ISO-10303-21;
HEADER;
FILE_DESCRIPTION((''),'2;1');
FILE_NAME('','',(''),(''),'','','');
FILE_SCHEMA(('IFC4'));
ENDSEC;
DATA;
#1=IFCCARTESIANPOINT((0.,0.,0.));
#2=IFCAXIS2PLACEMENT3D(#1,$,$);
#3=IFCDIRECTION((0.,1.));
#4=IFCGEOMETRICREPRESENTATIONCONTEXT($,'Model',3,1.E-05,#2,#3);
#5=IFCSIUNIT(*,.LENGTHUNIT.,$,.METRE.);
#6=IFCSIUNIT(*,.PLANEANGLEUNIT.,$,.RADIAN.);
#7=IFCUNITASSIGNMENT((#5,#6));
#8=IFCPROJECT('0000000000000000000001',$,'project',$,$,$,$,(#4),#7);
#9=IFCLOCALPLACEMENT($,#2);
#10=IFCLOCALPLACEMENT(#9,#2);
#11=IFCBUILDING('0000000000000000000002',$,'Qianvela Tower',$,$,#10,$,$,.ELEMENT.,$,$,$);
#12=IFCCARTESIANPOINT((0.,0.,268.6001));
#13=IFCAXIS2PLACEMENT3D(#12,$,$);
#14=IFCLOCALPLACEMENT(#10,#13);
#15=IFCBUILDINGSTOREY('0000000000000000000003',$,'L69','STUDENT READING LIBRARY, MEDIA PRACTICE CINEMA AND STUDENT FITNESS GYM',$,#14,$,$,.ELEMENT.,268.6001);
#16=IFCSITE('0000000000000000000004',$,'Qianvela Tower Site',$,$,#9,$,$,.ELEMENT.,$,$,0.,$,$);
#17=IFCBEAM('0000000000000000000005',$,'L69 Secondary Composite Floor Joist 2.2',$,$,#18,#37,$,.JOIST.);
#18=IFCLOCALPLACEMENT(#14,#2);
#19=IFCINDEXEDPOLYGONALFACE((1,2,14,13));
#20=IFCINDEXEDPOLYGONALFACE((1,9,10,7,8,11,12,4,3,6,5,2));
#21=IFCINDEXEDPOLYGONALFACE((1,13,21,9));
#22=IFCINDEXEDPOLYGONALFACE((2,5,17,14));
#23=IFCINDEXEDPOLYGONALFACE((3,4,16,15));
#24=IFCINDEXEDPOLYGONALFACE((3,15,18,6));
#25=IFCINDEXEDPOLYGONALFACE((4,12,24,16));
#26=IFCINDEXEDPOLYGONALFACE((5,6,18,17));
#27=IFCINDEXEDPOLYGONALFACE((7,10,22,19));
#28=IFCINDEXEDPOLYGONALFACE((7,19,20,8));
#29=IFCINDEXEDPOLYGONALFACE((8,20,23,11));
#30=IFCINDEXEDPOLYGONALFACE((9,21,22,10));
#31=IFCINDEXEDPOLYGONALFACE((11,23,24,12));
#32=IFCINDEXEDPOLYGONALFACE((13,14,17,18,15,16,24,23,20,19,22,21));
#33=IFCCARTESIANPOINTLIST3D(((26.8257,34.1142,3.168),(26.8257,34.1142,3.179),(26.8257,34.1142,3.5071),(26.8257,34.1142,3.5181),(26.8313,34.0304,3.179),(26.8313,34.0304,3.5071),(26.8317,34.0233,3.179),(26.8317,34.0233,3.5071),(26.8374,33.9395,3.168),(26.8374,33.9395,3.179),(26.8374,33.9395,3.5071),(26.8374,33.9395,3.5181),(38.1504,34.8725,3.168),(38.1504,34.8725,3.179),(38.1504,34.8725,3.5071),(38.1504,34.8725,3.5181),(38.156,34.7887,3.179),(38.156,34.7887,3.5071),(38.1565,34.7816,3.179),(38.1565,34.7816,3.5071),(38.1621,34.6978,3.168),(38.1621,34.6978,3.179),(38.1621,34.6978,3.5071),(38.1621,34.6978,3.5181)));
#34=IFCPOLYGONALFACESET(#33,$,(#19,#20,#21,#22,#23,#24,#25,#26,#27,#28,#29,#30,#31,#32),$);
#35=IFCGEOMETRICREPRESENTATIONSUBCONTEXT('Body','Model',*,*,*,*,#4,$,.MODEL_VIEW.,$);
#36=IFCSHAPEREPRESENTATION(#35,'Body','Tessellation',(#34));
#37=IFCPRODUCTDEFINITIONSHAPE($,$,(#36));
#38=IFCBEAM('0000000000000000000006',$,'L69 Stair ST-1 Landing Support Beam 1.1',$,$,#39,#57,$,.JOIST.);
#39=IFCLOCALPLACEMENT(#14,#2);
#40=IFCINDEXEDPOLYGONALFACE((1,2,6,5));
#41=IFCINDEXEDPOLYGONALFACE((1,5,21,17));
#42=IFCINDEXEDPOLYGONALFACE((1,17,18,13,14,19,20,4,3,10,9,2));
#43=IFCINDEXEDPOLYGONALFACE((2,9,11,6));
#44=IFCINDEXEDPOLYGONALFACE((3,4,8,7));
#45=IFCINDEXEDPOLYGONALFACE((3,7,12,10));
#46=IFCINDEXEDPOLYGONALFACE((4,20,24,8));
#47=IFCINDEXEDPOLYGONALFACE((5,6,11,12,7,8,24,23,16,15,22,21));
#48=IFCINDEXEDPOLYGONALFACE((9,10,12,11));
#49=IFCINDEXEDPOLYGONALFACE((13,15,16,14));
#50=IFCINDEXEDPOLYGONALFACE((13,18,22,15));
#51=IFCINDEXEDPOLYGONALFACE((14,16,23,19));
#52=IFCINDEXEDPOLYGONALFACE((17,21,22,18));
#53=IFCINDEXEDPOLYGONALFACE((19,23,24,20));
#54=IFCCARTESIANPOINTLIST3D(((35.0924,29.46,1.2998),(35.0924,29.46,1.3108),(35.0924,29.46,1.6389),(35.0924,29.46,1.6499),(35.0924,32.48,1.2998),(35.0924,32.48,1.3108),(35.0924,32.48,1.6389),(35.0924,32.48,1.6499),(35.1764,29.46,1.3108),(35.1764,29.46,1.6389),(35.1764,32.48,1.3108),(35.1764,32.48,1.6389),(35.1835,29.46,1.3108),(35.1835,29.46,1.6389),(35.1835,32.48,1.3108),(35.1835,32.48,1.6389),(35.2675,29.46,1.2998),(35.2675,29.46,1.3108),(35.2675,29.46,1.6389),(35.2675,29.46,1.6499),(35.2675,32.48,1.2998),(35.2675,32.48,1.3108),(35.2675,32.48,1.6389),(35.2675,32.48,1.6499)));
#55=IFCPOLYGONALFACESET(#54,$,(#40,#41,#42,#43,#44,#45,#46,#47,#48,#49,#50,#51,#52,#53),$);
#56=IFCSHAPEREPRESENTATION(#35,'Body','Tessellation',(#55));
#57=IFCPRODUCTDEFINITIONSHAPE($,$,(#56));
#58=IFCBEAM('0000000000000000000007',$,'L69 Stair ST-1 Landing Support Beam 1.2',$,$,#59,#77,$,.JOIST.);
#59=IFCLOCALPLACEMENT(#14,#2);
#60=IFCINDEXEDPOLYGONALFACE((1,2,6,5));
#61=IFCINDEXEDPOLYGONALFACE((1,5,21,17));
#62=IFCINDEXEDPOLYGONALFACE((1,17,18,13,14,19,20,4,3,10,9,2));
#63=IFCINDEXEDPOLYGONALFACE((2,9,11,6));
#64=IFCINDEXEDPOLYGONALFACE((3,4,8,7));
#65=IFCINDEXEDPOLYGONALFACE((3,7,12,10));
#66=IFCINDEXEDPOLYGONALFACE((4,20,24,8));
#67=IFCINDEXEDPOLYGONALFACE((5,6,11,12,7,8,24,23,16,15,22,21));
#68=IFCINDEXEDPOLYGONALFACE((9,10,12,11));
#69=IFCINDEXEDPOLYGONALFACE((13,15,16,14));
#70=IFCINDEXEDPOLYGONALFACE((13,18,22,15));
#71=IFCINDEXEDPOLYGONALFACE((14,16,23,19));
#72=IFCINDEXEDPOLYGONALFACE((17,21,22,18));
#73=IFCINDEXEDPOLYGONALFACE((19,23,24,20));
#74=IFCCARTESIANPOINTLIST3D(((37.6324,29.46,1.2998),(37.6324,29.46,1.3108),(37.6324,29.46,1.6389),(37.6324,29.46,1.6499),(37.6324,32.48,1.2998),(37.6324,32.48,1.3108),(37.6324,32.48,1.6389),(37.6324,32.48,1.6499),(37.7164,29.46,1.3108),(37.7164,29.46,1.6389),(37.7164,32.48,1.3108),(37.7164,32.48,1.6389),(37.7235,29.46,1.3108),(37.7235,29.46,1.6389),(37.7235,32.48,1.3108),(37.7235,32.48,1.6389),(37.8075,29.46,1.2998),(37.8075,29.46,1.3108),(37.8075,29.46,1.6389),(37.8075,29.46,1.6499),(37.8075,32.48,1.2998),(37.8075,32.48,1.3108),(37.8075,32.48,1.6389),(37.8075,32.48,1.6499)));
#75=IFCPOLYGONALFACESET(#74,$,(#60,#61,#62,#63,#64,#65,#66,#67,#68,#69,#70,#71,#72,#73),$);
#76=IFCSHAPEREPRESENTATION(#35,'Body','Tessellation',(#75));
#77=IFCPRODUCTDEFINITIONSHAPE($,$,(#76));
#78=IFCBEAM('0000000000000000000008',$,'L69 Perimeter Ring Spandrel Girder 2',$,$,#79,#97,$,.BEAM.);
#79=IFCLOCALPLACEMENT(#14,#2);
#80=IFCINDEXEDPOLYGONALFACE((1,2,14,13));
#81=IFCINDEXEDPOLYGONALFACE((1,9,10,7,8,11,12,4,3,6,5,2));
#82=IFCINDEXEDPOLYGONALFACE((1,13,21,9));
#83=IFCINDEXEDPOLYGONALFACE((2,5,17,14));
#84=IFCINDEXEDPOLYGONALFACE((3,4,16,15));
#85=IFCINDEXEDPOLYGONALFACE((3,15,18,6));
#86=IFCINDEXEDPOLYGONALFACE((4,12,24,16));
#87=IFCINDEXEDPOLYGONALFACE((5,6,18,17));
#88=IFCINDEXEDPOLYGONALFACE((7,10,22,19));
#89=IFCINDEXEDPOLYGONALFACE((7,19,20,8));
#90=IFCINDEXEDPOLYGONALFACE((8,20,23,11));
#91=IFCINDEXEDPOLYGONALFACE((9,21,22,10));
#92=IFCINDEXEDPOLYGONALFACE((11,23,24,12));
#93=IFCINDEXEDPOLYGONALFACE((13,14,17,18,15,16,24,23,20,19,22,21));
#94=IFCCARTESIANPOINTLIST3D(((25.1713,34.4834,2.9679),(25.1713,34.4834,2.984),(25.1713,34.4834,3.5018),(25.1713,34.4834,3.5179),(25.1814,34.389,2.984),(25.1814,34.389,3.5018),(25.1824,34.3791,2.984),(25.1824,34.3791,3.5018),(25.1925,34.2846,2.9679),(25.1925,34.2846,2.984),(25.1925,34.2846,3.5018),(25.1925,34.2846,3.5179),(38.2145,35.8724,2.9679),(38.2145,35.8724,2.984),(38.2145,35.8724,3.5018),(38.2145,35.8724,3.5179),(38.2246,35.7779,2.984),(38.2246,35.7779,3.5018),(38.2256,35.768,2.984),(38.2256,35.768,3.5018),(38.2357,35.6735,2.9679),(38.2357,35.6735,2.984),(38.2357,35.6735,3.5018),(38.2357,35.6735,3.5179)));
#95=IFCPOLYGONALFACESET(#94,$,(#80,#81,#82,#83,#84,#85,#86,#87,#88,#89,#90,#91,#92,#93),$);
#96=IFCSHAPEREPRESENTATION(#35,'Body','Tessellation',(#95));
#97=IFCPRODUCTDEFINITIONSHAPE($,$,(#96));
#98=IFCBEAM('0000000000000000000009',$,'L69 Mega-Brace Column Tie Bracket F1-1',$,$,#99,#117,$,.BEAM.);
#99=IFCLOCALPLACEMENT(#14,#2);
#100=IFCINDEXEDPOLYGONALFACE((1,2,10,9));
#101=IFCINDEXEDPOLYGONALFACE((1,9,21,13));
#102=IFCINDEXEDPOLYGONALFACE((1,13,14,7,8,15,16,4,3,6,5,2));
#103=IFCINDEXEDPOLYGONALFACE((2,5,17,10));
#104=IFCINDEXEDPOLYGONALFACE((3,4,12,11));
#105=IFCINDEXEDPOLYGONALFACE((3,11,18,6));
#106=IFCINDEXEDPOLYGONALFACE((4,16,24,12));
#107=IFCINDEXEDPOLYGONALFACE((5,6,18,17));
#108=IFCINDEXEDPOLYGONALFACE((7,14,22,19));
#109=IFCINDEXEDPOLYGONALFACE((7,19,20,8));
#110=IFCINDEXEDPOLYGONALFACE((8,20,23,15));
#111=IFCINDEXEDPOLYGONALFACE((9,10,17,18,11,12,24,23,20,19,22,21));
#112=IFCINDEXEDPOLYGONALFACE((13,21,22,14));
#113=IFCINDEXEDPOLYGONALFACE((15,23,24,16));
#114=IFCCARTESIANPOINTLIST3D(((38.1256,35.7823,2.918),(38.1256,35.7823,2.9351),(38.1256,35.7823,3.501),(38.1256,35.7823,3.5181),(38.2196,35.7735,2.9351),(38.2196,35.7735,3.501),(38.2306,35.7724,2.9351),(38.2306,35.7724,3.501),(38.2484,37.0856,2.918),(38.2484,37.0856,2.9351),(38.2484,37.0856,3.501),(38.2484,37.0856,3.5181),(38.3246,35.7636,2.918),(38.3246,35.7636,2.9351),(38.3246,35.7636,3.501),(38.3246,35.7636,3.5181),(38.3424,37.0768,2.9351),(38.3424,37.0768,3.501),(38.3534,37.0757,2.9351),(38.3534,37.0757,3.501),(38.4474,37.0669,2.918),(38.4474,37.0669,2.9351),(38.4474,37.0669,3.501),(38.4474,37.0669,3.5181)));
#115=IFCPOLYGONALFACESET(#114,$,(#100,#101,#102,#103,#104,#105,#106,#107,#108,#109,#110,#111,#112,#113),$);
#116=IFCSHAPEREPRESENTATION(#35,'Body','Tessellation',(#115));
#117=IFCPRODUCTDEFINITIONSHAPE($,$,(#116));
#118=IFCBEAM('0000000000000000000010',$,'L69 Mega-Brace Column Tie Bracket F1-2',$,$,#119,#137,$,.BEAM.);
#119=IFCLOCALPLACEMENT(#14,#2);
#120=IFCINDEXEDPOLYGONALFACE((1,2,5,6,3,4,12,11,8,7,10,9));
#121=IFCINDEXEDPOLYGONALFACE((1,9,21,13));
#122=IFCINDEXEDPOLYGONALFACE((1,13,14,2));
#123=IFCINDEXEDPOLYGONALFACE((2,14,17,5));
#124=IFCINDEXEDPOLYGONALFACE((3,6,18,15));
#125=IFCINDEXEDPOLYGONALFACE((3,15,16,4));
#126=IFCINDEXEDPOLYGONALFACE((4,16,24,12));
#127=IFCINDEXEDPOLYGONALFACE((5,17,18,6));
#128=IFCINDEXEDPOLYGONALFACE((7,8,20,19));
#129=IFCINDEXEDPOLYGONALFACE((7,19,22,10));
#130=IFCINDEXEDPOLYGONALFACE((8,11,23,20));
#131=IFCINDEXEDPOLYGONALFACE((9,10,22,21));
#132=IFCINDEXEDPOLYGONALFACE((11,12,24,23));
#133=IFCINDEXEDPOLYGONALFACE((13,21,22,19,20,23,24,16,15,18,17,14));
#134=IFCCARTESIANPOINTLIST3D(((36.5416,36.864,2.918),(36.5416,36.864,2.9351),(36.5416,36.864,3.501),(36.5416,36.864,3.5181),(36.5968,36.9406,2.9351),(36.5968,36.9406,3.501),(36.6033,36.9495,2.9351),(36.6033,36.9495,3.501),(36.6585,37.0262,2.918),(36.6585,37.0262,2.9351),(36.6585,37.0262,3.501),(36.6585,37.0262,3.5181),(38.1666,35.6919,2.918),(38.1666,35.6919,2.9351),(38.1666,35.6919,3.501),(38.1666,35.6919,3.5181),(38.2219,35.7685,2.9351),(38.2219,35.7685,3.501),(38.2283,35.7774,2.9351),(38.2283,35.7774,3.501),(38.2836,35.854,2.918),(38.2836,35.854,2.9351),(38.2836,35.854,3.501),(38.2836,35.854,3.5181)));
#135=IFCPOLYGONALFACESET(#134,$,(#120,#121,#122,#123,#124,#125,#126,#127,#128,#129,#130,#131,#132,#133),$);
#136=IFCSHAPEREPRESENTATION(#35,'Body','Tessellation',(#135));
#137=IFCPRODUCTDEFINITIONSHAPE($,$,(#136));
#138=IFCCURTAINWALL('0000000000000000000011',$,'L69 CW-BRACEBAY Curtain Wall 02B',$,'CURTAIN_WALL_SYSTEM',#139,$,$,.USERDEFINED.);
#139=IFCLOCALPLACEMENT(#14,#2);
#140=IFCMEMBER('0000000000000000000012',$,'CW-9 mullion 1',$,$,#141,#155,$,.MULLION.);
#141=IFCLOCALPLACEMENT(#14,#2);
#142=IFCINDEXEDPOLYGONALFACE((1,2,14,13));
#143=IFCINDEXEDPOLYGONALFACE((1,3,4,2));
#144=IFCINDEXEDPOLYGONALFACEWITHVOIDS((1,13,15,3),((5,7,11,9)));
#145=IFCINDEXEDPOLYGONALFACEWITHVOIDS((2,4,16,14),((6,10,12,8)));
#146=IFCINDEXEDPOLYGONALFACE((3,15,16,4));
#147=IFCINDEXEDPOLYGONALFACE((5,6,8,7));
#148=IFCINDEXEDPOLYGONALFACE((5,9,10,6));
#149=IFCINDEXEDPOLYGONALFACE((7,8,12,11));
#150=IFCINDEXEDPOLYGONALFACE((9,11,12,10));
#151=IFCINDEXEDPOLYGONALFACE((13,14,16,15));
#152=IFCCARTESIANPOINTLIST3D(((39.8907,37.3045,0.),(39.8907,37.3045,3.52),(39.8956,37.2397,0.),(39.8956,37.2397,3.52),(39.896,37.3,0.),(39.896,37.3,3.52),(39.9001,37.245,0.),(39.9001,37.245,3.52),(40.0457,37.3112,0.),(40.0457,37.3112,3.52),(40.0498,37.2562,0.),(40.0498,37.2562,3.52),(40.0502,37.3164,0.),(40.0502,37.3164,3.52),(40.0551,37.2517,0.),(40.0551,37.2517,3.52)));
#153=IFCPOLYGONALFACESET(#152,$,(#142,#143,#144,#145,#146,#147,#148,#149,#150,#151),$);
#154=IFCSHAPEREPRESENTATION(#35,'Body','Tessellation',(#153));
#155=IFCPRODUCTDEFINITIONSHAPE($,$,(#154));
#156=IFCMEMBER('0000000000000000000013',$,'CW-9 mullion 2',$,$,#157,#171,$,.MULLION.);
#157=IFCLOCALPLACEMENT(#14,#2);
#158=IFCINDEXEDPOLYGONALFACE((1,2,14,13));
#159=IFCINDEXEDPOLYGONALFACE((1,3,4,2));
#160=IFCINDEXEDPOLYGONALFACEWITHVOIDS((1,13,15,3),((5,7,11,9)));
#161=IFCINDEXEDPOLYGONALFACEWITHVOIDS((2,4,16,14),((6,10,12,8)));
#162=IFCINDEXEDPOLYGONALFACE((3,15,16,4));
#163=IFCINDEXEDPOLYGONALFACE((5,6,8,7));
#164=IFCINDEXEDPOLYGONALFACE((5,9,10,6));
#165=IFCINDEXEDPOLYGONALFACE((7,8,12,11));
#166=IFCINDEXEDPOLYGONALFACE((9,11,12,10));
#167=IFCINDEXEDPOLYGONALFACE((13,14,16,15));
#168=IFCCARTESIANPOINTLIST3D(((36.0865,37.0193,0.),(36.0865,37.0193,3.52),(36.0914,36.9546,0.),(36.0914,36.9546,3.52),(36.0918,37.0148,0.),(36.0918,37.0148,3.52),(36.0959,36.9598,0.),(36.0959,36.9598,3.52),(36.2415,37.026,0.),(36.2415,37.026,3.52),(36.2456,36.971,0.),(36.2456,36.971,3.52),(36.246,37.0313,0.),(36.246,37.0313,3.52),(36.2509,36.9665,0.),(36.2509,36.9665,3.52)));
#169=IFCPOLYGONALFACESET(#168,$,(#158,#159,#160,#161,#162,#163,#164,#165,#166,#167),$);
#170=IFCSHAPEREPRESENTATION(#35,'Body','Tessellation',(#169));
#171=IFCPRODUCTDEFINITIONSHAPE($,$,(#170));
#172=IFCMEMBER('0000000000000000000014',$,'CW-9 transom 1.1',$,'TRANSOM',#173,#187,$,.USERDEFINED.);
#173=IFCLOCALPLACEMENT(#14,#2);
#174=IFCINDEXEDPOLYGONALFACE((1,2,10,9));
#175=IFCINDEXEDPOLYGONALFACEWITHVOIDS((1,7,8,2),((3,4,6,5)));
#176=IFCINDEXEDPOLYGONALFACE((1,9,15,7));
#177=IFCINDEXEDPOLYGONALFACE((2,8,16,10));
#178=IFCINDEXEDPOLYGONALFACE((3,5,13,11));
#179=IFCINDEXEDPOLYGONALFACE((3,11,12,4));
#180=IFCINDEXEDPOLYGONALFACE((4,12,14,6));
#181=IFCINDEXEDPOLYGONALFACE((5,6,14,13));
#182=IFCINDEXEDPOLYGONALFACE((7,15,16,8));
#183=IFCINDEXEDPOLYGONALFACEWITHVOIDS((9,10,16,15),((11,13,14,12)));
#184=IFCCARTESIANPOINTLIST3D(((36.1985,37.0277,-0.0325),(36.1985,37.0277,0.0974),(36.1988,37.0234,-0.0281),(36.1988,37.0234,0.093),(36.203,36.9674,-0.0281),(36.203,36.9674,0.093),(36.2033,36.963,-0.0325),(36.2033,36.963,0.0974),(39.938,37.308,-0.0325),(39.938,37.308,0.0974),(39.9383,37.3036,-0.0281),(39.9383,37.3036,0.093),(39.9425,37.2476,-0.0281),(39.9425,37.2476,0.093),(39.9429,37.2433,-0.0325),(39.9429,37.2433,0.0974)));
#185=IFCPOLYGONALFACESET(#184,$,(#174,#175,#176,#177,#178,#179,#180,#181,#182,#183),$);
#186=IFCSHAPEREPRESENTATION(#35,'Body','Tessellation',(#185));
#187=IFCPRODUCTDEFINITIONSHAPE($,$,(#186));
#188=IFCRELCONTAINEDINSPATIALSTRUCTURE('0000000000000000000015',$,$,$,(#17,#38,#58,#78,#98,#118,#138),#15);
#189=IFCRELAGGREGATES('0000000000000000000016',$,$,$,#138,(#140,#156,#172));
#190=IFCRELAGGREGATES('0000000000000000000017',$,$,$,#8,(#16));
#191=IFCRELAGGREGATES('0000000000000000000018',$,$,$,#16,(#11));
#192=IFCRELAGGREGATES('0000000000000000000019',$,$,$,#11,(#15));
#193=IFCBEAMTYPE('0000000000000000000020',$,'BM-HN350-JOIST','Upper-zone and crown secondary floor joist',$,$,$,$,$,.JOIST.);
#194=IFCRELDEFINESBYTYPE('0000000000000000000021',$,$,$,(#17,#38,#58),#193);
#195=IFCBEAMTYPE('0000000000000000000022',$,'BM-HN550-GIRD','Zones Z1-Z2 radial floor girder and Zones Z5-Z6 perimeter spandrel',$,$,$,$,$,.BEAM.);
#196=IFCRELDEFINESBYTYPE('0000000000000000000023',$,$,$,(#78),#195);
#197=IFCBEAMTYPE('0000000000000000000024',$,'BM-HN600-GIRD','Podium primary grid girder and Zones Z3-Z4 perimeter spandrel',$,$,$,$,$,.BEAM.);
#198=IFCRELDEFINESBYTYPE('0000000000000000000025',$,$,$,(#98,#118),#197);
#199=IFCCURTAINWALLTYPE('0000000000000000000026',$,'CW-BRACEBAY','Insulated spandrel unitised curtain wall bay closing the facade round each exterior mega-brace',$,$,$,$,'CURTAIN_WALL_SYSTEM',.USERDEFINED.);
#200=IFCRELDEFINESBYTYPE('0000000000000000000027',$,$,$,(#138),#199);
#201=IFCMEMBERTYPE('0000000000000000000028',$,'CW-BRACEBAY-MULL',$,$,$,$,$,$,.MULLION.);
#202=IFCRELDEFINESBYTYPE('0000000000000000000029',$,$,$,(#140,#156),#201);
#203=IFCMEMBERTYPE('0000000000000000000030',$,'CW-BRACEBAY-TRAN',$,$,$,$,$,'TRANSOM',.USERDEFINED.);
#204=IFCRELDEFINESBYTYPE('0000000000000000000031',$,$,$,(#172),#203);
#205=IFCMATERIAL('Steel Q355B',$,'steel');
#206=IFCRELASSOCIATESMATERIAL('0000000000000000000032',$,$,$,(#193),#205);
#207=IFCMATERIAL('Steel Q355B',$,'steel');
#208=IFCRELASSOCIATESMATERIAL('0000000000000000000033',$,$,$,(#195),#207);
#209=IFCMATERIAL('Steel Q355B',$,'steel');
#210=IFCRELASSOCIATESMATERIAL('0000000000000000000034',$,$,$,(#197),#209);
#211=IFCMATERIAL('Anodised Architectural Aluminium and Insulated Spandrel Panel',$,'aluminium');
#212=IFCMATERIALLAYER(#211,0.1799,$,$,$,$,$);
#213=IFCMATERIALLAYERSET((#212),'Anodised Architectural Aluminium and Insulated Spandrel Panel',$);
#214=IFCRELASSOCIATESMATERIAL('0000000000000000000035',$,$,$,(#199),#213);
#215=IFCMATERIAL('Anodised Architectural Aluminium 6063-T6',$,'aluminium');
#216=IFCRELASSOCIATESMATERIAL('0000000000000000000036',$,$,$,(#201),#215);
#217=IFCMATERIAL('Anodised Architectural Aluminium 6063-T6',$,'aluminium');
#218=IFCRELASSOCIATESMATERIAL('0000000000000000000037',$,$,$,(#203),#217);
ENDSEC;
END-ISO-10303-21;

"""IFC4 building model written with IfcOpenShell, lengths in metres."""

from ifc_helpers import new_model, si_unit, direction, frame, origin, origin_2d, place, context, subcontext, project, spatial, hollow_rectangle, i_section, extrude, material, layer, layer_set, material_profile, profile_set, type_object, element, aggregate, save


model = new_model("IFC4")

# Units and contexts
model_context = context("Model", 3, precision=1e-05, world=origin(), true_north=direction((0.0, 1.0)))
body_context = subcontext(model_context, "Body", "Model", "MODEL_VIEW")
ifc_project = project(units=[si_unit("LENGTHUNIT", "METRE"), si_unit("PLANEANGLEUNIT", "RADIAN")], contexts=[model_context])

# Site, building, storey
site_placement = place(None, origin())
site = spatial("IfcSite", under=ifc_project, at=site_placement, Name="Qianvela Tower Site", CompositionType="ELEMENT", RefElevation=0.0)
building_placement = place(site_placement, origin())
building = spatial("IfcBuilding", under=site, at=building_placement, Name="Qianvela Tower", CompositionType="ELEMENT")
storey_placement = place(building_placement, frame((0.0, 0.0, 268.6001)))
storey = spatial("IfcBuildingStorey", under=building, at=storey_placement, Name="L69", Description="STUDENT READING LIBRARY, MEDIA PRACTICE CINEMA AND STUDENT FITNESS GYM", CompositionType="ELEMENT", Elevation=268.6001)

# Beams
ifc_material_1 = material(Name="Steel Q355B", Category="steel")
ifc_material_profile_1 = material_profile(ifc_material_1, i_section(OverallWidth=0.175, OverallDepth=0.3501, WebThickness=0.0071, FlangeThickness=0.011, at=origin_2d()), Name="HN350x175x7x11")
ifc_profile_set_1 = profile_set([ifc_material_profile_1], Name="Steel Q355B")
beam_type_1 = type_object("IfcBeamType", Name="BM-HN350-JOIST", Description="Upper-zone and crown secondary floor joist", PredefinedType="JOIST", material=ifc_profile_set_1)
beam_1_placement = place(storey_placement, frame((38.1562, 34.7852, 3.343), z_axis=(-0.997766, -0.06681, 0.0), x_axis=(0.06681, -0.997766, 0.0)))
element("IfcBeam", 1, at=beam_1_placement, inside=storey, type_object=beam_type_1, Name="L69 Secondary Composite Floor Joist 2.2", PredefinedType="JOIST", context=body_context, shape_type="SweptSolid", body=[
    extrude(i_section(OverallWidth=0.175, OverallDepth=0.3501, WebThickness=0.0071, FlangeThickness=0.011, at=origin_2d()), origin(), (0.0, 0.0, 1.0), 11.3501),
])
for number, where, z_axis, x_axis, name in (
    (2, (35.1799, 29.46, 1.4749), (0.0, 1.0, 0.0), (-1.0, 0.0, 0.0), "L69 Stair ST-1 Landing Support Beam 1.1"),
    (3, (37.72, 29.46, 1.4749), (0.0, 1.0, 0.0), (-1.0, 0.0, 0.0), "L69 Stair ST-1 Landing Support Beam 1.2"),
):
    element("IfcBeam", number, at=place(storey_placement, frame(where, z_axis=z_axis, x_axis=x_axis)), inside=storey, type_object=beam_type_1, Name=name, PredefinedType="JOIST", context=body_context, shape_type="SweptSolid", body=[
        extrude(i_section(OverallWidth=0.175, OverallDepth=0.3501, WebThickness=0.0071, FlangeThickness=0.011, at=origin_2d()), origin(), (0.0, 0.0, 1.0), 3.02),
    ])
ifc_material_2 = material(Name="Steel Q355B", Category="steel")
ifc_material_profile_2 = material_profile(ifc_material_2, i_section(OverallWidth=0.2, OverallDepth=0.55, WebThickness=0.01, FlangeThickness=0.0161, at=origin_2d()), Name="HN550x200x10x16")
ifc_profile_set_2 = profile_set([ifc_material_profile_2], Name="Steel Q355B")
beam_type_2 = type_object("IfcBeamType", Name="BM-HN550-GIRD", Description="Zones Z1-Z2 radial floor girder and Zones Z5-Z6 perimeter spandrel", PredefinedType="BEAM", material=ifc_profile_set_2)
beam_2_placement = place(storey_placement, frame((38.2251, 35.7729, 3.2429), z_axis=(-0.994378, -0.105887, 0.0), x_axis=(0.105887, -0.994378, 0.0)))
element("IfcBeam", 4, at=beam_2_placement, inside=storey, type_object=beam_type_2, Name="L69 Perimeter Ring Spandrel Girder 2", PredefinedType="BEAM", context=body_context, shape_type="SweptSolid", body=[
    extrude(i_section(OverallWidth=0.2, OverallDepth=0.55, WebThickness=0.01, FlangeThickness=0.0161, at=origin_2d()), origin(), (0.0, 0.0, 1.0), 13.1169),
])
ifc_material_3 = material(Name="Steel Q355B", Category="steel")
ifc_material_profile_3 = material_profile(ifc_material_3, i_section(OverallWidth=0.2, OverallDepth=0.6001, WebThickness=0.011, FlangeThickness=0.0171, at=origin_2d()), Name="HN600x200x11x17")
ifc_profile_set_3 = profile_set([ifc_material_profile_3], Name="Steel Q355B")
beam_type_3 = type_object("IfcBeamType", Name="BM-HN600-GIRD", Description="Podium primary grid girder and Zones Z3-Z4 perimeter spandrel", PredefinedType="BEAM", material=ifc_profile_set_3)
beam_3_placement = place(storey_placement, frame((38.2251, 35.7729, 3.218), z_axis=(0.093814, 0.99559, 0.0), x_axis=(-0.99559, 0.093814, 0.0)))
element("IfcBeam", 5, at=beam_3_placement, inside=storey, type_object=beam_type_3, Name="L69 Mega-Brace Column Tie Bracket F1-1", PredefinedType="BEAM", context=body_context, shape_type="SweptSolid", body=[
    extrude(i_section(OverallWidth=0.2, OverallDepth=0.6001, WebThickness=0.011, FlangeThickness=0.0171, at=origin_2d()), origin(), (0.0, 0.0, 1.0), 1.3091),
])
beam_4_placement = place(storey_placement, frame((38.2251, 35.7729, 3.218), z_axis=(-0.811033, 0.585001, 0.0), x_axis=(-0.585001, -0.811033, 0.0)))
element("IfcBeam", 6, at=beam_4_placement, inside=storey, type_object=beam_type_3, Name="L69 Mega-Brace Column Tie Bracket F1-2", PredefinedType="BEAM", context=body_context, shape_type="SweptSolid", body=[
    extrude(i_section(OverallWidth=0.2, OverallDepth=0.6001, WebThickness=0.011, FlangeThickness=0.0171, at=origin_2d()), origin(), (0.0, 0.0, 1.0), 2.0037),
])

# Curtain wall, members
ifc_material_4 = material(Name="Anodised Architectural Aluminium and Insulated Spandrel Panel", Category="aluminium")
ifc_layer_1 = layer(ifc_material_4, 0.1799)
ifc_layer_set_1 = layer_set([ifc_layer_1], Name="Anodised Architectural Aluminium and Insulated Spandrel Panel")
curtain_wall_type_1 = type_object("IfcCurtainWallType", Name="CW-BRACEBAY", Description="Insulated spandrel unitised curtain wall bay closing the facade round each exterior mega-brace", ElementType="CURTAIN_WALL_SYSTEM", PredefinedType="USERDEFINED", material=ifc_layer_set_1)
curtain_wall_1_placement = place(storey_placement, origin())
curtain_wall_1 = element("IfcCurtainWall", 7, at=curtain_wall_1_placement, inside=storey, type_object=curtain_wall_type_1, Name="L69 CW-BRACEBAY Curtain Wall 02B", ObjectType="CURTAIN_WALL_SYSTEM", PredefinedType="USERDEFINED")
ifc_material_5 = material(Name="Anodised Architectural Aluminium 6063-T6", Category="aluminium")
ifc_material_profile_4 = material_profile(ifc_material_5, hollow_rectangle(XDim=0.0649, YDim=0.1599, WallThickness=0.0049, at=origin_2d()), Name="ALU-MULL-65x160")
ifc_profile_set_4 = profile_set([ifc_material_profile_4], Name="Anodised Architectural Aluminium 6063-T6")
member_type_1 = type_object("IfcMemberType", Name="CW-BRACEBAY-MULL", PredefinedType="MULLION", material=ifc_profile_set_4)
member_1_placement = place(storey_placement, frame((39.9729, 37.2781, 0.0), z_axis=(0.0, 0.0, 1.0), x_axis=(0.074769, -0.997201, 0.0)))
member_1 = element("IfcMember", 8, at=member_1_placement, type_object=member_type_1, Name="CW-9 mullion 1", PredefinedType="MULLION", context=body_context, shape_type="SweptSolid", body=[
    extrude(hollow_rectangle(XDim=0.0649, YDim=0.1599, WallThickness=0.0049, at=origin_2d()), origin(), (0.0, 0.0, 1.0), 3.52),
])
member_2_placement = place(storey_placement, frame((36.1687, 36.9929, 0.0), z_axis=(0.0, 0.0, 1.0), x_axis=(0.074769, -0.997201, 0.0)))
member_2 = element("IfcMember", 9, at=member_2_placement, type_object=member_type_1, Name="CW-9 mullion 2", PredefinedType="MULLION", context=body_context, shape_type="SweptSolid", body=[
    extrude(hollow_rectangle(XDim=0.0649, YDim=0.1599, WallThickness=0.0049, at=origin_2d()), origin(), (0.0, 0.0, 1.0), 3.52),
])
ifc_material_6 = material(Name="Anodised Architectural Aluminium 6063-T6", Category="aluminium")
ifc_material_profile_5 = material_profile(ifc_material_6, hollow_rectangle(XDim=0.0649, YDim=0.1299, WallThickness=0.0044, at=origin_2d()), Name="ALU-TRAN-65x130")
ifc_profile_set_5 = profile_set([ifc_material_profile_5], Name="Anodised Architectural Aluminium 6063-T6")
member_type_2 = type_object("IfcMemberType", Name="CW-BRACEBAY-TRAN", ElementType="TRANSOM", PredefinedType="USERDEFINED", material=ifc_profile_set_5)
member_3_placement = place(storey_placement, frame((39.9404, 37.2756, 0.0325), z_axis=(-0.997203, -0.07474, 0.0), x_axis=(0.07474, -0.997203, 0.0)))
member_3 = element("IfcMember", 10, at=member_3_placement, type_object=member_type_2, Name="CW-9 transom 1.1", ObjectType="TRANSOM", PredefinedType="USERDEFINED", context=body_context, shape_type="SweptSolid", body=[
    extrude(hollow_rectangle(XDim=0.0649, YDim=0.1299, WallThickness=0.0044, at=origin_2d()), origin(), (0.0, 0.0, 1.0), 3.75),
])

aggregate(curtain_wall_1, [member_1, member_2, member_3])

save(model, "model.ifc")
